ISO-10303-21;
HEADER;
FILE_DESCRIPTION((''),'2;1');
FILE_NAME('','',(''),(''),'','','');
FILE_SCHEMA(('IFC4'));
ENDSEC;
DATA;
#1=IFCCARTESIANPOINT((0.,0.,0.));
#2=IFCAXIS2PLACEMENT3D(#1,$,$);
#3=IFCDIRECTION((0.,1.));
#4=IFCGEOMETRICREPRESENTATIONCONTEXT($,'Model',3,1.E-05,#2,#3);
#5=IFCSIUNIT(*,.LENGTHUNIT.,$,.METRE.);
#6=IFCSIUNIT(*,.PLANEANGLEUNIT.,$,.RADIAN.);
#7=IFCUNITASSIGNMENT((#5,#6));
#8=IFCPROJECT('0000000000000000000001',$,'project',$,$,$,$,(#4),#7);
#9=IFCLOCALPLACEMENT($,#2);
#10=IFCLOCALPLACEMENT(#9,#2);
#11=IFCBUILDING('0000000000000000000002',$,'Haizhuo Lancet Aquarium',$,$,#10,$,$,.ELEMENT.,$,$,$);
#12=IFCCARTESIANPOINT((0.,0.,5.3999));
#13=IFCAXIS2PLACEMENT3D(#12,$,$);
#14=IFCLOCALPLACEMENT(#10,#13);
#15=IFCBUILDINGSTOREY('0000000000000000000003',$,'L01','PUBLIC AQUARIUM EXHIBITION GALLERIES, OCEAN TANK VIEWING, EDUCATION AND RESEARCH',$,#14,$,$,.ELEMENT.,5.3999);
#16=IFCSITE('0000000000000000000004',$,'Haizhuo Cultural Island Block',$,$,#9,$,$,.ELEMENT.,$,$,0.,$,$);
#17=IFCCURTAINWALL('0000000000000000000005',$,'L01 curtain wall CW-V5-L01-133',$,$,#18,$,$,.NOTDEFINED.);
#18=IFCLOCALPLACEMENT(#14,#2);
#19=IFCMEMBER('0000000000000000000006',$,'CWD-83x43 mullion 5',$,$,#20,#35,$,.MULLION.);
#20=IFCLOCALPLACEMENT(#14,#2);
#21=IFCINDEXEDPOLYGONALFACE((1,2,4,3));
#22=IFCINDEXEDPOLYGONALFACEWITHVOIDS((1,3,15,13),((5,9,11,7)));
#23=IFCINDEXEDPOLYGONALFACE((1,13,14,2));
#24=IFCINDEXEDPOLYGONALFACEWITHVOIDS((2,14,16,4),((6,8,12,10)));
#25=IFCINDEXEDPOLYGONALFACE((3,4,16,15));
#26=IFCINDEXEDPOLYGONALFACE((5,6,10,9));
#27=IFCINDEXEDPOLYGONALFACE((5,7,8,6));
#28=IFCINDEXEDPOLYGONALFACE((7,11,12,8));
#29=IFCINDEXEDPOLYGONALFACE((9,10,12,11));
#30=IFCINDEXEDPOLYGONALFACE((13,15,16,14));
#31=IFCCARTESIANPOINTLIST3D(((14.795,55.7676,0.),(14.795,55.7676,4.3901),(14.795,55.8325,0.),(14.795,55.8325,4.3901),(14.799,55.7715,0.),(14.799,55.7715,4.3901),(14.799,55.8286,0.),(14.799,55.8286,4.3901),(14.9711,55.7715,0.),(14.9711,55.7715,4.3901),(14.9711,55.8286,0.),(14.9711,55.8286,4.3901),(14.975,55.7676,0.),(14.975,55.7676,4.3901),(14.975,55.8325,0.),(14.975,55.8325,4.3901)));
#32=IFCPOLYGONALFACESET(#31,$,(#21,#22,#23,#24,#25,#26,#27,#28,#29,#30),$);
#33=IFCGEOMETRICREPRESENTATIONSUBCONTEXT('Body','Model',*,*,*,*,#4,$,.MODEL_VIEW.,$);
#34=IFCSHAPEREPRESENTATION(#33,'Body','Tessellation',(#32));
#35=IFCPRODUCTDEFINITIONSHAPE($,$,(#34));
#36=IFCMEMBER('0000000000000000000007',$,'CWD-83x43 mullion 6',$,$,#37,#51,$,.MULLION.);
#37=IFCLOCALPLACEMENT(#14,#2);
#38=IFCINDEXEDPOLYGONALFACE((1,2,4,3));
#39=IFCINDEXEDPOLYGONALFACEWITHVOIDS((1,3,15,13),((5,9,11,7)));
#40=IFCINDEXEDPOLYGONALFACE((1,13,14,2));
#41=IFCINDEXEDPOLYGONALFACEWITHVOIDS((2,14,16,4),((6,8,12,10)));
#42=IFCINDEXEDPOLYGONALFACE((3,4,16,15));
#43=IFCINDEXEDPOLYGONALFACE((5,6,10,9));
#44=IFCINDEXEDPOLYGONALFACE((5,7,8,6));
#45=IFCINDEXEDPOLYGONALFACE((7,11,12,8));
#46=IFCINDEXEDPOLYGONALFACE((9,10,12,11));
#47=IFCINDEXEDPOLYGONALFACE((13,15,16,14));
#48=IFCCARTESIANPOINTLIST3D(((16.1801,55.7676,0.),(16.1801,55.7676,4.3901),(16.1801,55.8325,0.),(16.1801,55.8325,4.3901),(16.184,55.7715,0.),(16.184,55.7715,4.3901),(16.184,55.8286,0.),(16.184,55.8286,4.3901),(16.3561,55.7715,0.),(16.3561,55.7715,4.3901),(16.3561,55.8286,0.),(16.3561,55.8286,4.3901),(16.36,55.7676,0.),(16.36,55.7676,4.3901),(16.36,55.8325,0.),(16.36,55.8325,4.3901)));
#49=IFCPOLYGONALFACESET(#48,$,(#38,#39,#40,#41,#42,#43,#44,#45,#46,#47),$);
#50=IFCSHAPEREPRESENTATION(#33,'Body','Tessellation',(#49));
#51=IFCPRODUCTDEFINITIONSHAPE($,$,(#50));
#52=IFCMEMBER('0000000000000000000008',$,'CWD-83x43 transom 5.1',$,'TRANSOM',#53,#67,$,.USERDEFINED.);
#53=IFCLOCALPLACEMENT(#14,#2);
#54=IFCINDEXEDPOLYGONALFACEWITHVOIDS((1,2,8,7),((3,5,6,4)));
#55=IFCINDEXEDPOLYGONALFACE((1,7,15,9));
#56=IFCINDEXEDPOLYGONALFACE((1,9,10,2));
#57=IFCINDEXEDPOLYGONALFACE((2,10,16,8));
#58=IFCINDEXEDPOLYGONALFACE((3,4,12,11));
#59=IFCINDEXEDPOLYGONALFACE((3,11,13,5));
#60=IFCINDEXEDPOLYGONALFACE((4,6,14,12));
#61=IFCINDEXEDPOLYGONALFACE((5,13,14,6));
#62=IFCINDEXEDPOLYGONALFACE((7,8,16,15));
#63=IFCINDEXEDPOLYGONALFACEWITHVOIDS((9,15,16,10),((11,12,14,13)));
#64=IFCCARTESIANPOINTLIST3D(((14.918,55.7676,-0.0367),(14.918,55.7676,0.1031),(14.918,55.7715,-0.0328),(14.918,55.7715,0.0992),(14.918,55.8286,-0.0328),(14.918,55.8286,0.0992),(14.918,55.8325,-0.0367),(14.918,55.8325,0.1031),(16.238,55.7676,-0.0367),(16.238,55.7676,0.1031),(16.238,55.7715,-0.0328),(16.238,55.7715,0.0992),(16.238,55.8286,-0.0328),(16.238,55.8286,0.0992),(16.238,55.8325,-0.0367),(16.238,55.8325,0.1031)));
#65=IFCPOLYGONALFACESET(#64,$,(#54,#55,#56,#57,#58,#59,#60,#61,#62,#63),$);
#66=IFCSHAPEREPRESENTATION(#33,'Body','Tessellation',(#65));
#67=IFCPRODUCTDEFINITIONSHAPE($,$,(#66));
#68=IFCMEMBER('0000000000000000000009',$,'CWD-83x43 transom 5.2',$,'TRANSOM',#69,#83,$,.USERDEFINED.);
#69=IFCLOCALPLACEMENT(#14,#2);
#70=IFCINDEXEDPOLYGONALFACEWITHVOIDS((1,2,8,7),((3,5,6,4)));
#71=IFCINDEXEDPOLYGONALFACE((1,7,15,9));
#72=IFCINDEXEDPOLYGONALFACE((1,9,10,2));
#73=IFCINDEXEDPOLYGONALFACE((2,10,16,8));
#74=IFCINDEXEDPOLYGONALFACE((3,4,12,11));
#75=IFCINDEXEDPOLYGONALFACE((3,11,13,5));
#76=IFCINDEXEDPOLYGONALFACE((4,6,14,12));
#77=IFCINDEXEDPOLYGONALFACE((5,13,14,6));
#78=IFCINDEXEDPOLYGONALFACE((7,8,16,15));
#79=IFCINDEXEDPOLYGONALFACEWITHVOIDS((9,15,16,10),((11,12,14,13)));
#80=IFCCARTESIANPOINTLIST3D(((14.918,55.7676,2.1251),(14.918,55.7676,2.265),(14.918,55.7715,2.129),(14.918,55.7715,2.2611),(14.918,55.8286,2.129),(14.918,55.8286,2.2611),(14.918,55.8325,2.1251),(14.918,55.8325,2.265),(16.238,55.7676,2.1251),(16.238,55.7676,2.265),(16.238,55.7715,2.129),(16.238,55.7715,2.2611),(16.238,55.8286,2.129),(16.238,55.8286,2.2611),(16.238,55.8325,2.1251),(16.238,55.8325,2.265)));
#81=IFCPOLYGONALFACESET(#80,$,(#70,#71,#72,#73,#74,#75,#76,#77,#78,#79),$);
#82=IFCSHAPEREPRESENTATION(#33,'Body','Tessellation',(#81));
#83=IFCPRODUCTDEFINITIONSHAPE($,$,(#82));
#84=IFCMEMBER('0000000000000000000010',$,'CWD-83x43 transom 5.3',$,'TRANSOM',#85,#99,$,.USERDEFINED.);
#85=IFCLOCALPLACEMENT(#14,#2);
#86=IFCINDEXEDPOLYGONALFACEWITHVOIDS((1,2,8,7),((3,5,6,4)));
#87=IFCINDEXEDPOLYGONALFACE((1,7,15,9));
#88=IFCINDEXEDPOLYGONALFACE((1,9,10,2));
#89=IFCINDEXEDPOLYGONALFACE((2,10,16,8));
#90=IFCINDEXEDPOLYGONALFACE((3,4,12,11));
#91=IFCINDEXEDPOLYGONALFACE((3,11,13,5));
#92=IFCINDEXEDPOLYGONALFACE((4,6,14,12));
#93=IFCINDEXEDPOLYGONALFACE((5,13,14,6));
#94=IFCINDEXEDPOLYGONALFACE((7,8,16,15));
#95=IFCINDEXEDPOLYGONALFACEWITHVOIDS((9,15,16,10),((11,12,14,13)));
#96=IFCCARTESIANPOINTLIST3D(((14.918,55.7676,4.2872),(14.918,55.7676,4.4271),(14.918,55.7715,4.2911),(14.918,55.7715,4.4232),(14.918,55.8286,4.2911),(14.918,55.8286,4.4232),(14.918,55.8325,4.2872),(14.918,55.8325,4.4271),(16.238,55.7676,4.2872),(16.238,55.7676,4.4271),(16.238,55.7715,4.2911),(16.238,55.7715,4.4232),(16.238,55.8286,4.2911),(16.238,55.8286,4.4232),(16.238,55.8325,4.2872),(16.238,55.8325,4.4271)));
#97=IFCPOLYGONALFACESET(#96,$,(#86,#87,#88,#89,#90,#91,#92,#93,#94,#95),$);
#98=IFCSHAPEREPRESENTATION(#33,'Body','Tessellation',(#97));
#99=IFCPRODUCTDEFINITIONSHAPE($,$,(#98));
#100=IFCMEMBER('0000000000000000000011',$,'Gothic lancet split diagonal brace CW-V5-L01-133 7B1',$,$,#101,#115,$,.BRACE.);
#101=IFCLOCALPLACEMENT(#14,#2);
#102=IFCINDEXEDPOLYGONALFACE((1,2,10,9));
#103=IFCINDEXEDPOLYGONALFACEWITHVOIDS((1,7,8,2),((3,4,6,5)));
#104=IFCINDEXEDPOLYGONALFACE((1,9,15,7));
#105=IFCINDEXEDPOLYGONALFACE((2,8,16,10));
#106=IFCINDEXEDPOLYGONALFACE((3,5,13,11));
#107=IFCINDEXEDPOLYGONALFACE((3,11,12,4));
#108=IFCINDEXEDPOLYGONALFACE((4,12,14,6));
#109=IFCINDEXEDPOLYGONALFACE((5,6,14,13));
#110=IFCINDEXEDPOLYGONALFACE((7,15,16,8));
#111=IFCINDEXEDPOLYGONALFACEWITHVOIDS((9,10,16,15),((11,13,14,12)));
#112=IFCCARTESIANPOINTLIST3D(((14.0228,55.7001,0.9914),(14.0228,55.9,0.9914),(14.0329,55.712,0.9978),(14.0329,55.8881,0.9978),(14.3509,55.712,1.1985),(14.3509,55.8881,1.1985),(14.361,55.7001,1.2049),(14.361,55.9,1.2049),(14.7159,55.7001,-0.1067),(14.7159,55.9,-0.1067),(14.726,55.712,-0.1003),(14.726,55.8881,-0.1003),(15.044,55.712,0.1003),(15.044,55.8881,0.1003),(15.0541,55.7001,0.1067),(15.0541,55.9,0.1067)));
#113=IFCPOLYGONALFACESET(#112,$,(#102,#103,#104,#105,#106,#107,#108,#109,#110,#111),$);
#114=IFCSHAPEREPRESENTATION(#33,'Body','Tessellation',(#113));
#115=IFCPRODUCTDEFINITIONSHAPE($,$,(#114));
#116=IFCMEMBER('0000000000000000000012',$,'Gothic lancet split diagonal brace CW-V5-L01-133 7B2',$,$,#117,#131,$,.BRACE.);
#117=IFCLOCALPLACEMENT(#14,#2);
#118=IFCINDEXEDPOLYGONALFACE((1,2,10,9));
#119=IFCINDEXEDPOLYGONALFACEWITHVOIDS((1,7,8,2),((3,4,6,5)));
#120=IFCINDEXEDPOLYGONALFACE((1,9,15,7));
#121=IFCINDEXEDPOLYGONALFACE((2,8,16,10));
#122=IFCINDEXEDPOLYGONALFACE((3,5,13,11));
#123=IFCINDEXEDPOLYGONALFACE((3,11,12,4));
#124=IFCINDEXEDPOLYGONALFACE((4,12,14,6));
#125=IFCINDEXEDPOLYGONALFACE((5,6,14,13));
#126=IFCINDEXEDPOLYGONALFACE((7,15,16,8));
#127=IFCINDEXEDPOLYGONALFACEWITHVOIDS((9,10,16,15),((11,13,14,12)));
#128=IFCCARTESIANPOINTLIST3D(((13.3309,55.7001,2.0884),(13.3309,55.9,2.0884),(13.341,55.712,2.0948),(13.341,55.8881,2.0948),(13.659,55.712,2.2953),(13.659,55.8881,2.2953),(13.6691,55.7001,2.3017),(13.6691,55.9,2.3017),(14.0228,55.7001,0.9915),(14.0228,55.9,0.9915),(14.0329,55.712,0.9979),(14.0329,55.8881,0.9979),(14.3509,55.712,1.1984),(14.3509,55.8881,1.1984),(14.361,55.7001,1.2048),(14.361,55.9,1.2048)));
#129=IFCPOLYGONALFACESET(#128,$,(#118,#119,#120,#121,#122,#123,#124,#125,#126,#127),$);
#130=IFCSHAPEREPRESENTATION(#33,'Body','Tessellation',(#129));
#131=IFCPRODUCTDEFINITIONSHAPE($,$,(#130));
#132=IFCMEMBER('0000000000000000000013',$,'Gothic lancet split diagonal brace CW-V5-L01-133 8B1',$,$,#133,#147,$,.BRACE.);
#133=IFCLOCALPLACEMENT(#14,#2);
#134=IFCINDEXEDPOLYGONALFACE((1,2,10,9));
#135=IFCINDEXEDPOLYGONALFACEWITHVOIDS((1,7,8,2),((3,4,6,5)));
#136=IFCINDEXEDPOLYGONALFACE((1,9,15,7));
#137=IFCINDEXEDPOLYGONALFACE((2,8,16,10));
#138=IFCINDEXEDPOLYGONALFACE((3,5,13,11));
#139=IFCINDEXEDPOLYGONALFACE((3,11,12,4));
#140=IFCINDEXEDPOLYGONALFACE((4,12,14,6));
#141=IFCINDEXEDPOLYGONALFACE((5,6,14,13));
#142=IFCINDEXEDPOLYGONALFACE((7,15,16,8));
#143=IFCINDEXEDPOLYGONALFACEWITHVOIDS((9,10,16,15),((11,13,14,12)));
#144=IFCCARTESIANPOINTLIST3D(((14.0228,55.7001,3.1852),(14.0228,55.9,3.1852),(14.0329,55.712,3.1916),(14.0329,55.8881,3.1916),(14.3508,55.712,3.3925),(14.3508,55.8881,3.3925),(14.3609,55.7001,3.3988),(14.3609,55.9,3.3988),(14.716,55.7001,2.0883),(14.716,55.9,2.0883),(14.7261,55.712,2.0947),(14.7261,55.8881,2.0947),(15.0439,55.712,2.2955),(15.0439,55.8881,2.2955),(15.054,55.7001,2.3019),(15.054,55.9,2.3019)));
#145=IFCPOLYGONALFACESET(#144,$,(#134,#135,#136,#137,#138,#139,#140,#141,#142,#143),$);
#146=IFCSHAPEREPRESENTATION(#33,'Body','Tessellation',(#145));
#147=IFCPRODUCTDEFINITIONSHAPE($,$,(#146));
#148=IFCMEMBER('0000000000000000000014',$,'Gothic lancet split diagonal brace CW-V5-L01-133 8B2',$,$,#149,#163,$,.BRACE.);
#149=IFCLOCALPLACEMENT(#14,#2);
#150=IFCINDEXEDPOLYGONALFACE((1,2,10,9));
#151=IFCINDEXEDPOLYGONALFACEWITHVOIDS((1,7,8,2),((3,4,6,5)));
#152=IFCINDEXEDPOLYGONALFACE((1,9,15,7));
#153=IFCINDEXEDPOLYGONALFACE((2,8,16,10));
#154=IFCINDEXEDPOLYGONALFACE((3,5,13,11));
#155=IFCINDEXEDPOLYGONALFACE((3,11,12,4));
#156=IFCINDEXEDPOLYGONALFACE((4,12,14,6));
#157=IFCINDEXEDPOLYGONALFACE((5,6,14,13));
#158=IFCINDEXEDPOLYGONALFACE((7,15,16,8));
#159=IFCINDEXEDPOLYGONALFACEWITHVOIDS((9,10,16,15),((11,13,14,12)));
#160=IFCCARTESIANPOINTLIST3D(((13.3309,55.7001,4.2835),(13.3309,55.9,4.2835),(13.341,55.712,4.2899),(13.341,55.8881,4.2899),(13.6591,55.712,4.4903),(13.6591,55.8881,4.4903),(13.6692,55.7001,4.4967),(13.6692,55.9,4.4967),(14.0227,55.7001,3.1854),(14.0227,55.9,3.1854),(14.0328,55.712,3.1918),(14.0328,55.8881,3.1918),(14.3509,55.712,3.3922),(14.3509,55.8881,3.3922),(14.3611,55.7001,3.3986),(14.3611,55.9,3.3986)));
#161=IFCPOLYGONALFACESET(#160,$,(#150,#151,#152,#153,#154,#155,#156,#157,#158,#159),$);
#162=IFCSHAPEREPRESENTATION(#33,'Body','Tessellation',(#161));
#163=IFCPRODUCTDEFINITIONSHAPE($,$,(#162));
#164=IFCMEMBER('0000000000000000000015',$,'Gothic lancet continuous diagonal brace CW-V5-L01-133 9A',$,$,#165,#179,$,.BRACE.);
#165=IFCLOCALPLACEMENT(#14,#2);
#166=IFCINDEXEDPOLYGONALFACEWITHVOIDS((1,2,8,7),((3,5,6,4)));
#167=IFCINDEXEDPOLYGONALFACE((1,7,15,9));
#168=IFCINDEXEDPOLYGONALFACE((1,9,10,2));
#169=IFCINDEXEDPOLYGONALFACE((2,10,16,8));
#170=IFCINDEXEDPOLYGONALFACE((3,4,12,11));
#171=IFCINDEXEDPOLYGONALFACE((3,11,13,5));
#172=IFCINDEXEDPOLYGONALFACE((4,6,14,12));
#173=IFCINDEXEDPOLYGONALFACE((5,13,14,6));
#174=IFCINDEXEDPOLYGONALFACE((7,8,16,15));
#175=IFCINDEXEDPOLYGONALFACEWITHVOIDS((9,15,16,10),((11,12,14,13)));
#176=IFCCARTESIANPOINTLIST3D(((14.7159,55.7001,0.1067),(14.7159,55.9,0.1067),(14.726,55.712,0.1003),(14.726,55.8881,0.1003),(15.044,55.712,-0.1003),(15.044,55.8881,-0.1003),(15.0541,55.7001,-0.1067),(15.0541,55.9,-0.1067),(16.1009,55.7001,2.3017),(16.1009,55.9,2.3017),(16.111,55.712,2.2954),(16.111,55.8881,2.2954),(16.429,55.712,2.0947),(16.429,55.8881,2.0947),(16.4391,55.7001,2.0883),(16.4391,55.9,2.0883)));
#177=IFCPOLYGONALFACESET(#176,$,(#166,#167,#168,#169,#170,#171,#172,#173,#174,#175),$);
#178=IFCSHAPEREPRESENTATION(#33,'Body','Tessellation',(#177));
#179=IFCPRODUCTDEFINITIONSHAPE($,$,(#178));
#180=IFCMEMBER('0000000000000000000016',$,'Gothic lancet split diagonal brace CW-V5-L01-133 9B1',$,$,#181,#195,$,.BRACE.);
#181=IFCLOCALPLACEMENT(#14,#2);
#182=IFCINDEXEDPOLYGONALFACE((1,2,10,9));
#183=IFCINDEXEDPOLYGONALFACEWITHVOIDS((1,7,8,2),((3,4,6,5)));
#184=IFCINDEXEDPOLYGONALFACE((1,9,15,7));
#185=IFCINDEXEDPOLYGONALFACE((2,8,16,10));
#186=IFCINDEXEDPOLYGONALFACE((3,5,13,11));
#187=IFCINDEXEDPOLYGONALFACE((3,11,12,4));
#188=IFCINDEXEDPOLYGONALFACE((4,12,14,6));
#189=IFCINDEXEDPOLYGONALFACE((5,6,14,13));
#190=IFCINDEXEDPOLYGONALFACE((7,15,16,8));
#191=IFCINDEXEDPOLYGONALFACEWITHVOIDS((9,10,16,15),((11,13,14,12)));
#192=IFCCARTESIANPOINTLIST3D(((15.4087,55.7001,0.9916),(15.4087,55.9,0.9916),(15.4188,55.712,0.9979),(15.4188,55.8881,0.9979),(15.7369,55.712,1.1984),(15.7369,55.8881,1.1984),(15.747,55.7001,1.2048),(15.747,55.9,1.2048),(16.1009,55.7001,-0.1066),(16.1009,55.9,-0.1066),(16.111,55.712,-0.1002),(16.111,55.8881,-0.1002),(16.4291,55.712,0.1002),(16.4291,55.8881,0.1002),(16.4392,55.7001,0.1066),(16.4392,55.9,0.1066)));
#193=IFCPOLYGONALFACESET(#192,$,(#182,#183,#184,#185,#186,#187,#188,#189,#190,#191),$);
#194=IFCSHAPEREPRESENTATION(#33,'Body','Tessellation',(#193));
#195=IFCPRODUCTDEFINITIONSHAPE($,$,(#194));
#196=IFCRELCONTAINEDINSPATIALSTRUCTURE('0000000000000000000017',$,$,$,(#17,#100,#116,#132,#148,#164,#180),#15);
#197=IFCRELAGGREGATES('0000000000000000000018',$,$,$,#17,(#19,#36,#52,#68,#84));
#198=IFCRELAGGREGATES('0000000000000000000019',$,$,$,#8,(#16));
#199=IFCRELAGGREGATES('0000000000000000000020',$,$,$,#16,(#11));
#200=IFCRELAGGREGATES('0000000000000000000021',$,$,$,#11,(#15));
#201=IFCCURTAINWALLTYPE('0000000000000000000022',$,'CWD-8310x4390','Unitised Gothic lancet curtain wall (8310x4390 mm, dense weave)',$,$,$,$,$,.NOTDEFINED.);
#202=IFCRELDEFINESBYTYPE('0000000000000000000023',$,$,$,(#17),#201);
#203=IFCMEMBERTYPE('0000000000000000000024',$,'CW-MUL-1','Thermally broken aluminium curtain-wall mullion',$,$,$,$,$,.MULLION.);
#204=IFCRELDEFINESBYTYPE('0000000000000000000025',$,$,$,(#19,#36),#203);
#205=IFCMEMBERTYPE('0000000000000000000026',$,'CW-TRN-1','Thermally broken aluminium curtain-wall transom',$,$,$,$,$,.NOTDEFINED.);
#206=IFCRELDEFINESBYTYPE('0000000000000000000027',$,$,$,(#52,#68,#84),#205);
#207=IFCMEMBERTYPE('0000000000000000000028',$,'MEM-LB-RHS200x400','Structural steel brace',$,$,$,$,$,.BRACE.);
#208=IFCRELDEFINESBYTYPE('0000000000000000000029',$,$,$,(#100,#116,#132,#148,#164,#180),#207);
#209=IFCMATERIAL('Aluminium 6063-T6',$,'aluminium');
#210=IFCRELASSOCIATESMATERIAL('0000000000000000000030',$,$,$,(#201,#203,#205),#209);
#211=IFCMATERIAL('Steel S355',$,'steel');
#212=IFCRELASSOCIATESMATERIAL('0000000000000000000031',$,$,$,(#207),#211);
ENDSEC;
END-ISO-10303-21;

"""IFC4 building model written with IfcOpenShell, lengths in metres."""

from ifc_helpers import new_model, si_unit, direction, frame, origin, origin_2d, place, context, subcontext, project, spatial, hollow_rectangle, extrude, material, material_profile, profile_set, type_object, element, aggregate, save


model = new_model("IFC4")

# Units and contexts
model_context = context("Model", 3, precision=1e-05, world=origin(), true_north=direction((0.0, 1.0)))
body_context = subcontext(model_context, "Body", "Model", "MODEL_VIEW")
ifc_project = project(units=[si_unit("LENGTHUNIT", "METRE"), si_unit("PLANEANGLEUNIT", "RADIAN")], contexts=[model_context])

# Site, building, storey
site_placement = place(None, origin())
site = spatial("IfcSite", under=ifc_project, at=site_placement, Name="Haizhuo Cultural Island Block", CompositionType="ELEMENT", RefElevation=0.0)
building_placement = place(site_placement, origin())
building = spatial("IfcBuilding", under=site, at=building_placement, Name="Haizhuo Lancet Aquarium", CompositionType="ELEMENT")
storey_placement = place(building_placement, frame((0.0, 0.0, 5.3999)))
storey = spatial("IfcBuildingStorey", under=building, at=storey_placement, Name="L01", Description="PUBLIC AQUARIUM EXHIBITION GALLERIES, OCEAN TANK VIEWING, EDUCATION AND RESEARCH", CompositionType="ELEMENT", Elevation=5.3999)

# Curtain wall, members
ifc_material_1 = material(Name="Aluminium 6063-T6", Category="aluminium")
curtain_wall_type = type_object("IfcCurtainWallType", Name="CWD-8310x4390", Description="Unitised Gothic lancet curtain wall (8310x4390 mm, dense weave)", PredefinedType="NOTDEFINED", material=ifc_material_1)
curtain_wall_placement = place(storey_placement, origin())
curtain_wall = element("IfcCurtainWall", 1, at=curtain_wall_placement, inside=storey, type_object=curtain_wall_type, Name="L01 curtain wall CW-V5-L01-133", PredefinedType="NOTDEFINED")
ifc_material_profile_1 = material_profile(ifc_material_1, hollow_rectangle(XDim=0.0649, YDim=0.1799, WallThickness=0.0039, at=origin_2d()), Name="ALU-M 65x180x4")
ifc_profile_set_1 = profile_set([ifc_material_profile_1], Name="Aluminium 6063-T6")
member_type_1 = type_object("IfcMemberType", Name="CW-MUL-1", Description="Thermally broken aluminium curtain-wall mullion", PredefinedType="MULLION", material=ifc_profile_set_1)
member_1_placement = place(storey_placement, frame((14.885, 55.8, 0.0), z_axis=(0.0, 0.0, 1.0), x_axis=(0.0, 1.0, 0.0)))
member_1 = element("IfcMember", 2, at=member_1_placement, type_object=member_type_1, Name="CWD-83x43 mullion 5", PredefinedType="MULLION", context=body_context, shape_type="SweptSolid", body=[
    extrude(hollow_rectangle(XDim=0.0649, YDim=0.1799, WallThickness=0.0039, at=origin_2d()), origin(), (0.0, 0.0, 1.0), 4.3901),
])
member_2_placement = place(storey_placement, frame((16.27, 55.8, 0.0), z_axis=(0.0, 0.0, 1.0), x_axis=(0.0, 1.0, 0.0)))
member_2 = element("IfcMember", 3, at=member_2_placement, type_object=member_type_1, Name="CWD-83x43 mullion 6", PredefinedType="MULLION", context=body_context, shape_type="SweptSolid", body=[
    extrude(hollow_rectangle(XDim=0.0649, YDim=0.1799, WallThickness=0.0039, at=origin_2d()), origin(), (0.0, 0.0, 1.0), 4.3901),
])
ifc_material_profile_2 = material_profile(ifc_material_1, hollow_rectangle(XDim=0.0649, YDim=0.1399, WallThickness=0.0039, at=origin_2d()), Name="ALU-T 65x140x4")
ifc_profile_set_2 = profile_set([ifc_material_profile_2], Name="Aluminium 6063-T6")
member_type_2 = type_object("IfcMemberType", Name="CW-TRN-1", Description="Thermally broken aluminium curtain-wall transom", PredefinedType="NOTDEFINED", material=ifc_profile_set_2)
member_3_placement = place(storey_placement, frame((14.918, 55.8, 0.0332), z_axis=(1.0, 0.0, 0.0), x_axis=(0.0, 1.0, 0.0)))
member_3 = element("IfcMember", 4, at=member_3_placement, type_object=member_type_2, Name="CWD-83x43 transom 5.1", ObjectType="TRANSOM", PredefinedType="USERDEFINED", context=body_context, shape_type="SweptSolid", body=[
    extrude(hollow_rectangle(XDim=0.0649, YDim=0.1399, WallThickness=0.0039, at=origin_2d()), origin(), (0.0, 0.0, 1.0), 1.3201),
])
member_4_placement = place(storey_placement, frame((14.918, 55.8, 2.1951), z_axis=(1.0, 0.0, 0.0), x_axis=(0.0, 1.0, 0.0)))
member_4 = element("IfcMember", 5, at=member_4_placement, type_object=member_type_2, Name="CWD-83x43 transom 5.2", ObjectType="TRANSOM", PredefinedType="USERDEFINED", context=body_context, shape_type="SweptSolid", body=[
    extrude(hollow_rectangle(XDim=0.0649, YDim=0.1399, WallThickness=0.0039, at=origin_2d()), origin(), (0.0, 0.0, 1.0), 1.3201),
])
member_5_placement = place(storey_placement, frame((14.918, 55.8, 4.3572), z_axis=(1.0, 0.0, 0.0), x_axis=(0.0, 1.0, 0.0)))
member_5 = element("IfcMember", 6, at=member_5_placement, type_object=member_type_2, Name="CWD-83x43 transom 5.3", ObjectType="TRANSOM", PredefinedType="USERDEFINED", context=body_context, shape_type="SweptSolid", body=[
    extrude(hollow_rectangle(XDim=0.0649, YDim=0.1399, WallThickness=0.0039, at=origin_2d()), origin(), (0.0, 0.0, 1.0), 1.3201),
])

# Members
ifc_material_2 = material(Name="Steel S355", Category="steel")
ifc_material_profile_3 = material_profile(ifc_material_2, hollow_rectangle(XDim=0.2, YDim=0.3999, WallThickness=0.012, at=origin_2d()), Name="RHS 200x400x12")
ifc_profile_set_3 = profile_set([ifc_material_profile_3], Name="Steel S355")
member_type_3 = type_object("IfcMemberType", Name="MEM-LB-RHS200x400", Description="Structural steel brace", PredefinedType="BRACE", material=ifc_profile_set_3)
member_6_placement = place(storey_placement, frame((14.885, 55.8, 0.0), z_axis=(-0.533745, 0.0, 0.845645), x_axis=(0.0, -1.0, 0.0)))
element("IfcMember", 7, at=member_6_placement, inside=storey, type_object=member_type_3, Name="Gothic lancet split diagonal brace CW-V5-L01-133 7B1", PredefinedType="BRACE", context=body_context, shape_type="SweptSolid", body=[
    extrude(hollow_rectangle(XDim=0.2, YDim=0.3999, WallThickness=0.012, at=origin_2d()), origin(), (0.0, 0.0, 1.0), 1.2986),
])
member_7_placement = place(storey_placement, frame((14.1919, 55.8, 1.0981), z_axis=(-0.533497, 0.0, 0.845802), x_axis=(0.0, -1.0, 0.0)))
element("IfcMember", 8, at=member_7_placement, inside=storey, type_object=member_type_3, Name="Gothic lancet split diagonal brace CW-V5-L01-133 7B2", PredefinedType="BRACE", context=body_context, shape_type="SweptSolid", body=[
    extrude(hollow_rectangle(XDim=0.2, YDim=0.3999, WallThickness=0.012, at=origin_2d()), origin(), (0.0, 0.0, 1.0), 1.2969),
])
member_8_placement = place(storey_placement, frame((14.885, 55.8, 2.1951), z_axis=(-0.53417, 0.0, 0.845377), x_axis=(0.0, -1.0, 0.0)))
element("IfcMember", 9, at=member_8_placement, inside=storey, type_object=member_type_3, Name="Gothic lancet split diagonal brace CW-V5-L01-133 8B1", PredefinedType="BRACE", context=body_context, shape_type="SweptSolid", body=[
    extrude(hollow_rectangle(XDim=0.2, YDim=0.3999, WallThickness=0.012, at=origin_2d()), origin(), (0.0, 0.0, 1.0), 1.2976),
])
member_9_placement = place(storey_placement, frame((14.1919, 55.8, 3.292), z_axis=(-0.533073, 0.0, 0.846069), x_axis=(0.0, -1.0, 0.0)))
element("IfcMember", 10, at=member_9_placement, inside=storey, type_object=member_type_3, Name="Gothic lancet split diagonal brace CW-V5-L01-133 8B2", PredefinedType="BRACE", context=body_context, shape_type="SweptSolid", body=[
    extrude(hollow_rectangle(XDim=0.2, YDim=0.3999, WallThickness=0.012, at=origin_2d()), origin(), (0.0, 0.0, 1.0), 1.2979),
])
member_10_placement = place(storey_placement, frame((14.885, 55.8, 0.0), z_axis=(0.533621, 0.0, 0.845724), x_axis=(0.0, 1.0, 0.0)))
element("IfcMember", 11, at=member_10_placement, inside=storey, type_object=member_type_3, Name="Gothic lancet continuous diagonal brace CW-V5-L01-133 9A", PredefinedType="BRACE", context=body_context, shape_type="SweptSolid", body=[
    extrude(hollow_rectangle(XDim=0.2, YDim=0.3999, WallThickness=0.012, at=origin_2d()), origin(), (0.0, 0.0, 1.0), 2.5955),
])
member_11_placement = place(storey_placement, frame((16.27, 55.8, 0.0), z_axis=(-0.533207, 0.0, 0.845985), x_axis=(0.0, -1.0, 0.0)))
element("IfcMember", 12, at=member_11_placement, inside=storey, type_object=member_type_3, Name="Gothic lancet split diagonal brace CW-V5-L01-133 9B1", PredefinedType="BRACE", context=body_context, shape_type="SweptSolid", body=[
    extrude(hollow_rectangle(XDim=0.2, YDim=0.3999, WallThickness=0.012, at=origin_2d()), origin(), (0.0, 0.0, 1.0), 1.2981),
])

aggregate(curtain_wall, [member_1, member_2, member_3, member_4, member_5])

save(model, "model.ifc")
